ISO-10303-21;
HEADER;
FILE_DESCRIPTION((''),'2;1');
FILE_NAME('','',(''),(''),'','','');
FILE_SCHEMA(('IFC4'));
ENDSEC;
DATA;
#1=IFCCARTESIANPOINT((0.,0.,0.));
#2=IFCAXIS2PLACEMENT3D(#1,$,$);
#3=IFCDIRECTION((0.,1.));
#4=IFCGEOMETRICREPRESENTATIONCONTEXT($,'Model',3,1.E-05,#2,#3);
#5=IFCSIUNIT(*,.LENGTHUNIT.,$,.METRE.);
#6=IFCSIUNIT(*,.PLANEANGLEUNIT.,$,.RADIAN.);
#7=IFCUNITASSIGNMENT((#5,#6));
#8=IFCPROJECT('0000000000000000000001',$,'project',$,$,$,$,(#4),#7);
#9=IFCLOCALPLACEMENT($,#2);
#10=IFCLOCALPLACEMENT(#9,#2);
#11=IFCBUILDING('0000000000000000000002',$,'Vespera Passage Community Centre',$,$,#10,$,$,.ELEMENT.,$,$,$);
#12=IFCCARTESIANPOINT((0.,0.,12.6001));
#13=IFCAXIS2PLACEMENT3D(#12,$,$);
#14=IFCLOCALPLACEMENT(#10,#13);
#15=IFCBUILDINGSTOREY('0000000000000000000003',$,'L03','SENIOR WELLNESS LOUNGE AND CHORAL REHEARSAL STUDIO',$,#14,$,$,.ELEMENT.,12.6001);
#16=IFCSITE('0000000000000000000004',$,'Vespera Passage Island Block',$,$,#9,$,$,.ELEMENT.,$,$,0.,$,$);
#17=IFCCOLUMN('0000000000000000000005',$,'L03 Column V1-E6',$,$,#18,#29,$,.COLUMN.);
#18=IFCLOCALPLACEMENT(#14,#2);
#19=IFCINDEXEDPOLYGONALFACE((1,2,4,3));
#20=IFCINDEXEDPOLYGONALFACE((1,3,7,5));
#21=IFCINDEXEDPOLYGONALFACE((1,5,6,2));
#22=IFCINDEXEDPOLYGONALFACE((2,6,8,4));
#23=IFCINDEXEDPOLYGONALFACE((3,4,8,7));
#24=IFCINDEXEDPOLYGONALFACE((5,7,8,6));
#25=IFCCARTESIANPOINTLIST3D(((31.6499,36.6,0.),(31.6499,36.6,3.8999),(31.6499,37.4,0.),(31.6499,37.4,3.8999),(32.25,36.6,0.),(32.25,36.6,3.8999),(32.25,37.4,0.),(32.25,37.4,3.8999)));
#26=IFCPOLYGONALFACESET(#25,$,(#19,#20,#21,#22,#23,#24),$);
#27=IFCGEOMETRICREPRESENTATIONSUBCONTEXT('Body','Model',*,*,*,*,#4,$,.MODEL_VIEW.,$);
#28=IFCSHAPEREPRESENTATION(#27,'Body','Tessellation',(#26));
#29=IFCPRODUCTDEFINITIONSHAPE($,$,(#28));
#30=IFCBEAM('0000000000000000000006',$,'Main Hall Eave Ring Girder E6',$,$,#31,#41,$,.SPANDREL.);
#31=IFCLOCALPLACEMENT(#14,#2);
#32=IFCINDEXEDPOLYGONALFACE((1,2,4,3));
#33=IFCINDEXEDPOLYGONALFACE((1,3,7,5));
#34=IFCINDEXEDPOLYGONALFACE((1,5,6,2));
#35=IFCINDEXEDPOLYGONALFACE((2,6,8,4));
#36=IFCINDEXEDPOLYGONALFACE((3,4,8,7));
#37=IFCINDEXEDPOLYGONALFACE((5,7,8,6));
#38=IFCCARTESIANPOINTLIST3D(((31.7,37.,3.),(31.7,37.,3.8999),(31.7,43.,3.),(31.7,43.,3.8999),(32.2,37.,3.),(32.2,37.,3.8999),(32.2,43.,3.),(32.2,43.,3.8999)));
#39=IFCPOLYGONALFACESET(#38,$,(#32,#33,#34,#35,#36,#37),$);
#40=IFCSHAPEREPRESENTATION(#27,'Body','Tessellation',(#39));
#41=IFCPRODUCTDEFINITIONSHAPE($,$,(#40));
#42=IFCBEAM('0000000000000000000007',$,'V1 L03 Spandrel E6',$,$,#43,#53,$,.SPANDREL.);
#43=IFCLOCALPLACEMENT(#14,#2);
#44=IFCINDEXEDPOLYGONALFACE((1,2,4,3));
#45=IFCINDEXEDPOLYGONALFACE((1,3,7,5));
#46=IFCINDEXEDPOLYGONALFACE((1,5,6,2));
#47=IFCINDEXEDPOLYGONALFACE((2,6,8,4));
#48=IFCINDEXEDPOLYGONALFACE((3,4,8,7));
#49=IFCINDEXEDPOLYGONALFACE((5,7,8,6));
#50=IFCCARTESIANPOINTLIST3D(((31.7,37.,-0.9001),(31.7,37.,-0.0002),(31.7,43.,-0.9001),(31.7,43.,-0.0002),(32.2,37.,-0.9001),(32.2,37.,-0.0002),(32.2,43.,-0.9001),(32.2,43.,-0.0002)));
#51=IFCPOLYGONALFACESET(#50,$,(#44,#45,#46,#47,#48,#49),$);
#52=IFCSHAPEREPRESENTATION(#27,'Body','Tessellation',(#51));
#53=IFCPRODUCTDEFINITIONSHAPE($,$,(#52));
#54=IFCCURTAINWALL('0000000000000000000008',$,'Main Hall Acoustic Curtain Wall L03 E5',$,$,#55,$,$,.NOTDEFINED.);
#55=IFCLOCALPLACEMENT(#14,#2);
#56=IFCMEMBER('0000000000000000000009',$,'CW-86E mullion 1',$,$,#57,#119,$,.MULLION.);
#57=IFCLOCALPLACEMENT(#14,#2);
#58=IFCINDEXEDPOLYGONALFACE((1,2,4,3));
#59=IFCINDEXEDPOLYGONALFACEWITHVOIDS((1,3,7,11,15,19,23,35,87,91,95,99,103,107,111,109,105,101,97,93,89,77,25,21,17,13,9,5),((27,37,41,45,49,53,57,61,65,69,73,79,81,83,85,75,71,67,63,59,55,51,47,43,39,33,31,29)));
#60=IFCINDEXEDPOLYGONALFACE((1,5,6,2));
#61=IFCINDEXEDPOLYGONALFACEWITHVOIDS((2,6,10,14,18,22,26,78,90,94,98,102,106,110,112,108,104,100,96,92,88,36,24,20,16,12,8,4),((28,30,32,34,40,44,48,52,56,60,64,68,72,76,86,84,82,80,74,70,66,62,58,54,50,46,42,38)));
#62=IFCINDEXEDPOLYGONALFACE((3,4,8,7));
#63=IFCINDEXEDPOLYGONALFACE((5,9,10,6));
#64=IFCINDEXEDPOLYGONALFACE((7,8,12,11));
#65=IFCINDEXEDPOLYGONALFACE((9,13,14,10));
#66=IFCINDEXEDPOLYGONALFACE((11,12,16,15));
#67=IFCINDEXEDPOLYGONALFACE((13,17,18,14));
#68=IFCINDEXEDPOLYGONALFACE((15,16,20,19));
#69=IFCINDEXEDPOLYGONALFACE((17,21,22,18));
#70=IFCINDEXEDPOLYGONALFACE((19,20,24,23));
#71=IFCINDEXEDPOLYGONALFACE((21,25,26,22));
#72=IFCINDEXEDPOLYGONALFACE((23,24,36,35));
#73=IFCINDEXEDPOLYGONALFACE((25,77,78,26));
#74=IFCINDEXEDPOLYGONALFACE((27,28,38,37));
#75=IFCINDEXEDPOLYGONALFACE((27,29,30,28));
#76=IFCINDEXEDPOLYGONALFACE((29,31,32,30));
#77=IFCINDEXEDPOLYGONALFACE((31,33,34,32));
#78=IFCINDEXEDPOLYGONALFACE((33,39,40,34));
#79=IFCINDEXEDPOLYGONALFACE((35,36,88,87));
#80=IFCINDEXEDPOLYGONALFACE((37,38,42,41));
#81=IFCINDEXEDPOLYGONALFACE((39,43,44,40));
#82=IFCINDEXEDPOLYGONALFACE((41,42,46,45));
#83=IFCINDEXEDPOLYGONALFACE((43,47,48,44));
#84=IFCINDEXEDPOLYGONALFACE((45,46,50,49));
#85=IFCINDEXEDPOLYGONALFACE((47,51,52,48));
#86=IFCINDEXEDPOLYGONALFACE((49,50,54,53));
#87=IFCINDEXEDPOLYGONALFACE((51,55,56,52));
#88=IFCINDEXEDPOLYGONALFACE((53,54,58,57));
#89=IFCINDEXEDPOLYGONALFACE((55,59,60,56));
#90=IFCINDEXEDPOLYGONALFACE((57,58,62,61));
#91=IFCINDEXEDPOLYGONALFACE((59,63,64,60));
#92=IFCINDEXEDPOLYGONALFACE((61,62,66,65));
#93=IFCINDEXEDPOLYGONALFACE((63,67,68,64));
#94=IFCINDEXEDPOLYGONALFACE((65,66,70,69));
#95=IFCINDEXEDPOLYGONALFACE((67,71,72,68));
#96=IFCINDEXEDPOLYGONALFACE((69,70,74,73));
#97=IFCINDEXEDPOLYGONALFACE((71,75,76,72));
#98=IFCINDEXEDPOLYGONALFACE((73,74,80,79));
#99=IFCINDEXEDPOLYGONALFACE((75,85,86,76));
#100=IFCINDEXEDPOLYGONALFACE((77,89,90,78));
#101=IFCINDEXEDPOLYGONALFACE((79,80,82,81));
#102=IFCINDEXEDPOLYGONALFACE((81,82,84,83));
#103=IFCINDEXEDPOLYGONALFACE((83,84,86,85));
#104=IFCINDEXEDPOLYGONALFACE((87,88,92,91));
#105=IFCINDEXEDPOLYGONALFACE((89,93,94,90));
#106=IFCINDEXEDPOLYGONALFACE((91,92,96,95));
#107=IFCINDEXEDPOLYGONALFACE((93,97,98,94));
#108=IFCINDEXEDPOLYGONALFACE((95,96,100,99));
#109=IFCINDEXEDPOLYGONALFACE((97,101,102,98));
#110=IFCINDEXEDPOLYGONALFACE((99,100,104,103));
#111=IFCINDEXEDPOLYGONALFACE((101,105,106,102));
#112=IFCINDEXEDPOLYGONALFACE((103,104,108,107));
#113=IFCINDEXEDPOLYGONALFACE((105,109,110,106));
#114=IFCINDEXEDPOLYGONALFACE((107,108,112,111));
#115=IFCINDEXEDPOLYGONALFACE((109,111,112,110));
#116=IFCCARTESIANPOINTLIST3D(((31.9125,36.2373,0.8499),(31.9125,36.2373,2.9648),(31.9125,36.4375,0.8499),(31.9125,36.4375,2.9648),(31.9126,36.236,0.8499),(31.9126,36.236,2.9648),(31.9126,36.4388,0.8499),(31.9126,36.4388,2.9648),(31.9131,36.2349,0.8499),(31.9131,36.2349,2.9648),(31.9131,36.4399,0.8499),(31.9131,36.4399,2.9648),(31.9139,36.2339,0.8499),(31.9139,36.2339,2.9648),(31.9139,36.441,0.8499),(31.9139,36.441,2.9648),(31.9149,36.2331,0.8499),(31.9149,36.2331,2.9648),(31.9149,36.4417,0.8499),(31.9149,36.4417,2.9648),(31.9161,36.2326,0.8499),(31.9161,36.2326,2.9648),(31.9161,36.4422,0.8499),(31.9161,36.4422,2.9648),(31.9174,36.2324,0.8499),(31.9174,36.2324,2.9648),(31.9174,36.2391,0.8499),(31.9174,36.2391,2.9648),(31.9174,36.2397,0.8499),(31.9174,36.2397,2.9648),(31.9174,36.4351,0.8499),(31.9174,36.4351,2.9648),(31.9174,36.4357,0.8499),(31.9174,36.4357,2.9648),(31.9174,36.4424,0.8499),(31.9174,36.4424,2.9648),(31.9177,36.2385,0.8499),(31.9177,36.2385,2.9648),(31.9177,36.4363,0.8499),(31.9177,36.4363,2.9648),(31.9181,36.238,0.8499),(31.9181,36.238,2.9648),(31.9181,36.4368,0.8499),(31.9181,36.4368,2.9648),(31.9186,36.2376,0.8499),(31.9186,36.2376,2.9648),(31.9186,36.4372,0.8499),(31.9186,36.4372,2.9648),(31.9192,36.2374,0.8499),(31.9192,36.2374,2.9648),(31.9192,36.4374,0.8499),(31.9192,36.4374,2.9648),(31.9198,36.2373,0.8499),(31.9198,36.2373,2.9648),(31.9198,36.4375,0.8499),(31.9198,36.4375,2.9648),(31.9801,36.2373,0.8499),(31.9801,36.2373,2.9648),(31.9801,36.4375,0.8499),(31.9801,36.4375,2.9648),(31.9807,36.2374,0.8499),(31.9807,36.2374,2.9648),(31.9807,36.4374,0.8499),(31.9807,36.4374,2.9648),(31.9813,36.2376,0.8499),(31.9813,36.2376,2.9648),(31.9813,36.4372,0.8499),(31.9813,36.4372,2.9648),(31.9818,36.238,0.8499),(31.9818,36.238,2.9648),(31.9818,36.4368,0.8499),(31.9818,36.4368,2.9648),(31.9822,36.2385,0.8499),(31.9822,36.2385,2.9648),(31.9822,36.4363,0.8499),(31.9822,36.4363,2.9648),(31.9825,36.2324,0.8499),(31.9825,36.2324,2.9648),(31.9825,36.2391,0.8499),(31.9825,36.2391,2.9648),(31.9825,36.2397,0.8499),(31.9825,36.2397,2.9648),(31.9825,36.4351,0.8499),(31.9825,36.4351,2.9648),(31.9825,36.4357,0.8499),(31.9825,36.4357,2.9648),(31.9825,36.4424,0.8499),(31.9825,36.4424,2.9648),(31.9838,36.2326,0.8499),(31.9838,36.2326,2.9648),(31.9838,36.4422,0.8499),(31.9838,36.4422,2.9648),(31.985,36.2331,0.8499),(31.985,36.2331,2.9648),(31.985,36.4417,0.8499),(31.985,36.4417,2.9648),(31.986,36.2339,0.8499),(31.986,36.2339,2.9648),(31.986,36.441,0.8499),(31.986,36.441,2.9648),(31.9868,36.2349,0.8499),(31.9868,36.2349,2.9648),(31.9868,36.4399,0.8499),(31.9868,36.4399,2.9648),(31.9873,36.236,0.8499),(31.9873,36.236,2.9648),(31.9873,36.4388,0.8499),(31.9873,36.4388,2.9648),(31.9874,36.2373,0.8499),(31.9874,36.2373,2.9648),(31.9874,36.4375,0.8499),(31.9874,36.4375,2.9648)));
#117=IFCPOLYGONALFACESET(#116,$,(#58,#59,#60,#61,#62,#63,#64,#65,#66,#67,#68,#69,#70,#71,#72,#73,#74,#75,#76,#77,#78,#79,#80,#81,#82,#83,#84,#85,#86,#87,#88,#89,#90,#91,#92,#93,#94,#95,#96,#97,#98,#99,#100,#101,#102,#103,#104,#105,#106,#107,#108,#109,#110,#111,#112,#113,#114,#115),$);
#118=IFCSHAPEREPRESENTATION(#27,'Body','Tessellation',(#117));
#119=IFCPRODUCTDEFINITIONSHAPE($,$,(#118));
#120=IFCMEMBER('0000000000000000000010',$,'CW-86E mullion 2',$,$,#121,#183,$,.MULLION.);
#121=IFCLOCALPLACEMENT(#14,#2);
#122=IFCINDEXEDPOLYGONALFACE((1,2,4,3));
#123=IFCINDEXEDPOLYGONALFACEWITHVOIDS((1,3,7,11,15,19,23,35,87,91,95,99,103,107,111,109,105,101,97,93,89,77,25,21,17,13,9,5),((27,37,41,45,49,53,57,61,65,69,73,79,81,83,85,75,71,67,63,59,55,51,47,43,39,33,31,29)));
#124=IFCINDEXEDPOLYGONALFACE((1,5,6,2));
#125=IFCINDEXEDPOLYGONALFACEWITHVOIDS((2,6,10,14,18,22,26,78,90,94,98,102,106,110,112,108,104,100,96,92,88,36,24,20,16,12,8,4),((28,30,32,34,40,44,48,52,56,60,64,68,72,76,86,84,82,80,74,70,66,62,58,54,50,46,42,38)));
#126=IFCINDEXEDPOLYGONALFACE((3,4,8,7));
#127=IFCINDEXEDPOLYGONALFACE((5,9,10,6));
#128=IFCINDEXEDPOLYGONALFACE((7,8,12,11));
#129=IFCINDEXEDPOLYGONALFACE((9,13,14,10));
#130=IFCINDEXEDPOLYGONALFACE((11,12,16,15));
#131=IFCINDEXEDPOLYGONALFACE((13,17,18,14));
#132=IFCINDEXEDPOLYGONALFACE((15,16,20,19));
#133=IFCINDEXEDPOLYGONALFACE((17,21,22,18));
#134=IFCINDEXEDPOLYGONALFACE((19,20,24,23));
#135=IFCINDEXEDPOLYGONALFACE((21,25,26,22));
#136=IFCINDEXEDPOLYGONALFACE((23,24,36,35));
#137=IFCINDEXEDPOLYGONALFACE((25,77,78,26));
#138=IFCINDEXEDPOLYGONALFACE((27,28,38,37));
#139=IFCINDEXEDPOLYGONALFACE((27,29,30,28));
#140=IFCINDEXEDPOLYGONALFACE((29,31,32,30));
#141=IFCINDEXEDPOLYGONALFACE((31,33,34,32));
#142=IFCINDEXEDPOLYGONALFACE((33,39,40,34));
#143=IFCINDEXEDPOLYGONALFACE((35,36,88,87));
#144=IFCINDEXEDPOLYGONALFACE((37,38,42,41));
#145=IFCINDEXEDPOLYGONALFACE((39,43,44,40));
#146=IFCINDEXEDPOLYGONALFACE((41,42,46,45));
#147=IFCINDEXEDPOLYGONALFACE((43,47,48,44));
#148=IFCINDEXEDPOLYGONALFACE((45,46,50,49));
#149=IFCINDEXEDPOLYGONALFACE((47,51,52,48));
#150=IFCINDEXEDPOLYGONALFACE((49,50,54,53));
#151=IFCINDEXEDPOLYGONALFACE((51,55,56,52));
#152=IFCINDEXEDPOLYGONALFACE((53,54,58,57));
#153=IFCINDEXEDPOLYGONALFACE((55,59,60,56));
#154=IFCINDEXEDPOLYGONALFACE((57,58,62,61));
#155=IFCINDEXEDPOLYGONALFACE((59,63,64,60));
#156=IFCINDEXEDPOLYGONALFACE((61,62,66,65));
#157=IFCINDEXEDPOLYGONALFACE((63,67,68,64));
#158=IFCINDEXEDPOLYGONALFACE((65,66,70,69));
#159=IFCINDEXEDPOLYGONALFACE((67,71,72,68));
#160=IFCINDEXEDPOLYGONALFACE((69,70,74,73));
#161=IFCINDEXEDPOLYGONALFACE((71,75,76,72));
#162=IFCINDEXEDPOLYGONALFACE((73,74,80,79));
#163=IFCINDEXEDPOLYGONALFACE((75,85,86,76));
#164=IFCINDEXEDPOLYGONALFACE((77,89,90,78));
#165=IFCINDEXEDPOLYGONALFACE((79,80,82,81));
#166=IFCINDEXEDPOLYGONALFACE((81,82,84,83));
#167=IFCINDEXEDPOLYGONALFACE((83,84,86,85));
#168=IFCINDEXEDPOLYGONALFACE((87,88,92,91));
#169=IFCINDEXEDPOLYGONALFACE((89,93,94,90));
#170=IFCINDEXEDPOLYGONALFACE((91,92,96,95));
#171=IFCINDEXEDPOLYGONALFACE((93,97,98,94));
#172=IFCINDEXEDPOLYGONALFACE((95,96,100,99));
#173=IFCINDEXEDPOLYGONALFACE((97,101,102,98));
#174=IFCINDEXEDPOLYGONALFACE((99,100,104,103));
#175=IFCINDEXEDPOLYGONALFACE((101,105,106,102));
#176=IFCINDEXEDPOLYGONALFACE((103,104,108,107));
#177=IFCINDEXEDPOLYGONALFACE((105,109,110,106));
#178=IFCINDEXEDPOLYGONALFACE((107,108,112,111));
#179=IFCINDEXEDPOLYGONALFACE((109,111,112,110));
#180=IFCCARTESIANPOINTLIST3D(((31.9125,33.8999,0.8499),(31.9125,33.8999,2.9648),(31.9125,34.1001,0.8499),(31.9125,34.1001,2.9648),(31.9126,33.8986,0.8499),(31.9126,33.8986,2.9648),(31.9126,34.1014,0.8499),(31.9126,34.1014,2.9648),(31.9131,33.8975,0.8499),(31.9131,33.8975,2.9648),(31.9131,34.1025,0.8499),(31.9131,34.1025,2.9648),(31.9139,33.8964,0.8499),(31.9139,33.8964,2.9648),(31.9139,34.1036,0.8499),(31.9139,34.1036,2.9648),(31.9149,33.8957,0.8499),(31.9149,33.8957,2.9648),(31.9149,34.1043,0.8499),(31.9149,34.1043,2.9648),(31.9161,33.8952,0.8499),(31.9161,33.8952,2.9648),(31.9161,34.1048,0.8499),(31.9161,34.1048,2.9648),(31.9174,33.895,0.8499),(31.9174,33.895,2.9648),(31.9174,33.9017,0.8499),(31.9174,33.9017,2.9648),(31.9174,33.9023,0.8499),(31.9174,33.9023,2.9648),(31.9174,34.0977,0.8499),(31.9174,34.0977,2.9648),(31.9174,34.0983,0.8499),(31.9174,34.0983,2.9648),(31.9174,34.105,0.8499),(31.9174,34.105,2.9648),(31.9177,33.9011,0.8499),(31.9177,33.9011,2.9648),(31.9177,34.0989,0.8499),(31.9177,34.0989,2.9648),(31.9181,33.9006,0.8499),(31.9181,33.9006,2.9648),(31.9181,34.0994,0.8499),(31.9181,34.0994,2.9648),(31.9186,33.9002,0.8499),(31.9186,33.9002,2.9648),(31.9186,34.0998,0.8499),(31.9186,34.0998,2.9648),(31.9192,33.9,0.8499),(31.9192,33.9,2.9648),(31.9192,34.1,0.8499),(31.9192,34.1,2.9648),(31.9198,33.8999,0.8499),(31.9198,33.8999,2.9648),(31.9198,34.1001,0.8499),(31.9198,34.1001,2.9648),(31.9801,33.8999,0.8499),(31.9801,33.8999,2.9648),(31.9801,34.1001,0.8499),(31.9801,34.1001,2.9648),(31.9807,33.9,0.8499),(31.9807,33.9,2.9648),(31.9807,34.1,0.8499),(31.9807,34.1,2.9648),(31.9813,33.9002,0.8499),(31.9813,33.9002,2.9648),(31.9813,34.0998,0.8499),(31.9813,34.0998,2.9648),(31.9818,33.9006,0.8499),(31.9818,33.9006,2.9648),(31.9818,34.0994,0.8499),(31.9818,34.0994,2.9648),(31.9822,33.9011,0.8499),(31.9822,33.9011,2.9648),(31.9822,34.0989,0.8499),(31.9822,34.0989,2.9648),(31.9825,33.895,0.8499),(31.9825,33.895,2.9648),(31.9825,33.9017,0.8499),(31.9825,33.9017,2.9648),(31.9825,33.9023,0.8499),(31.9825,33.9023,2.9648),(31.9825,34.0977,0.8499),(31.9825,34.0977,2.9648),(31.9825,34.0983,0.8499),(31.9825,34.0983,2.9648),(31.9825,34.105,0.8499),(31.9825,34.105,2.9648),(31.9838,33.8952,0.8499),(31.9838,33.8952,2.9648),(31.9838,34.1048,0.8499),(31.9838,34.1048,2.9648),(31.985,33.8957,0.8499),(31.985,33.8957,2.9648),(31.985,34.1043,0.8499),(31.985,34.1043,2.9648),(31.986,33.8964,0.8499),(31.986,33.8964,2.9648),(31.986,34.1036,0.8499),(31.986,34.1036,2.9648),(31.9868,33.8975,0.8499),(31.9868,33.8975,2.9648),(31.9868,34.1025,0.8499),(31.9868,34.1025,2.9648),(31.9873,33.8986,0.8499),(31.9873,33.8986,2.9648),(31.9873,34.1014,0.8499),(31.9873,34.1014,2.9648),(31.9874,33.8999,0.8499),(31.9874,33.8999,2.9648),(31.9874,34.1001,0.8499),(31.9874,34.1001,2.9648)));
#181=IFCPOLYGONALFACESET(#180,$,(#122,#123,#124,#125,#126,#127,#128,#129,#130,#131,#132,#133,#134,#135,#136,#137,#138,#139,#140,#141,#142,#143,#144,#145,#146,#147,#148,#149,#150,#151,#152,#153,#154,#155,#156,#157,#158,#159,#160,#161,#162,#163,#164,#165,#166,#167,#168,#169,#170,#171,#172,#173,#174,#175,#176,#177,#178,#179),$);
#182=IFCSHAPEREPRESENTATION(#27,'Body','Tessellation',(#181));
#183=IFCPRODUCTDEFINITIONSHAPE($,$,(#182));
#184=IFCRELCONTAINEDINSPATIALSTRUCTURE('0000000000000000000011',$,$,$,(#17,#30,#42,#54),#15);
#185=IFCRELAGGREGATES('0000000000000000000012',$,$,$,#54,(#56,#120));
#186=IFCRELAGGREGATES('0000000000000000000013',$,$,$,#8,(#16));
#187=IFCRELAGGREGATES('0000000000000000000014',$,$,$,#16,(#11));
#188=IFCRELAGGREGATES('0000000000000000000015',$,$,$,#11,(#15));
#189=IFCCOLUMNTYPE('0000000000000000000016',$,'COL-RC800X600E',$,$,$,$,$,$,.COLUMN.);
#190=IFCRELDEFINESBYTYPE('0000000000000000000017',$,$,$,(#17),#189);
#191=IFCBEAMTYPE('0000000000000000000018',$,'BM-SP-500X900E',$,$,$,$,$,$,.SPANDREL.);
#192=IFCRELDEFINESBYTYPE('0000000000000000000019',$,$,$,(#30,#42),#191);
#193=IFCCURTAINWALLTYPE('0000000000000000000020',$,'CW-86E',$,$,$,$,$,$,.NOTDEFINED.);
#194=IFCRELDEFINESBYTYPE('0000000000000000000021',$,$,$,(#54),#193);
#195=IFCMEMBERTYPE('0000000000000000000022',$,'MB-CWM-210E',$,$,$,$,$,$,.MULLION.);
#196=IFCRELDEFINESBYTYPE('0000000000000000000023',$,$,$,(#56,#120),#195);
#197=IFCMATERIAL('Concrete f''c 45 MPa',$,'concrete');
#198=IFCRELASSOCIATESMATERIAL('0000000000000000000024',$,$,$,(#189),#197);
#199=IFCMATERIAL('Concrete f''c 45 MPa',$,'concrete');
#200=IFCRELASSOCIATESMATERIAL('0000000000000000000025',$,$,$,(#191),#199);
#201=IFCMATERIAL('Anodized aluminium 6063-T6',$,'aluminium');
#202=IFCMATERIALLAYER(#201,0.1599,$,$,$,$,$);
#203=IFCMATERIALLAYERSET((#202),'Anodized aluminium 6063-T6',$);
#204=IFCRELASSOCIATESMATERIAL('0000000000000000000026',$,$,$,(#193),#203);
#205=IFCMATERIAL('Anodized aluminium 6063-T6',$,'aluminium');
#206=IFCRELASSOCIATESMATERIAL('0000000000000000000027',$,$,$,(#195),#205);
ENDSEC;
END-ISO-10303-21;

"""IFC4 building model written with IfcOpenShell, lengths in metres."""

from ifc_helpers import new_model, si_unit, direction, frame, origin, origin_2d, place, context, subcontext, project, spatial, rectangle, hollow_rectangle, extrude, material, layer, layer_set, material_profile, profile_set, type_object, element, aggregate, save


model = new_model("IFC4")

# Units and contexts
model_context = context("Model", 3, precision=1e-05, world=origin(), true_north=direction((0.0, 1.0)))
body_context = subcontext(model_context, "Body", "Model", "MODEL_VIEW")
ifc_project = project(units=[si_unit("LENGTHUNIT", "METRE"), si_unit("PLANEANGLEUNIT", "RADIAN")], contexts=[model_context])

# Site, building, storey
site_placement = place(None, origin())
site = spatial("IfcSite", under=ifc_project, at=site_placement, Name="Vespera Passage Island Block", CompositionType="ELEMENT", RefElevation=0.0)
building_placement = place(site_placement, origin())
building = spatial("IfcBuilding", under=site, at=building_placement, Name="Vespera Passage Community Centre", CompositionType="ELEMENT")
storey_placement = place(building_placement, frame((0.0, 0.0, 12.6001)))
storey = spatial("IfcBuildingStorey", under=building, at=storey_placement, Name="L03", Description="SENIOR WELLNESS LOUNGE AND CHORAL REHEARSAL STUDIO", CompositionType="ELEMENT", Elevation=12.6001)

# Column
ifc_material_1 = material(Name="Concrete f'c 45 MPa", Category="concrete")
ifc_material_profile_1 = material_profile(ifc_material_1, rectangle(XDim=0.6001, YDim=0.8, at=origin_2d()), Name="RC800X600")
ifc_profile_set_1 = profile_set([ifc_material_profile_1], Name="Concrete f'c 45 MPa")
column_type = type_object("IfcColumnType", Name="COL-RC800X600E", PredefinedType="COLUMN", material=ifc_profile_set_1)
column_placement = place(storey_placement, frame((31.95, 37.0, 0.0), z_axis=(0.0, 0.0, 1.0), x_axis=(1.0, 0.0, 0.0)))
element("IfcColumn", 1, at=column_placement, inside=storey, type_object=column_type, Name="L03 Column V1-E6", PredefinedType="COLUMN", context=body_context, shape_type="SweptSolid", body=[
    extrude(rectangle(XDim=0.6001, YDim=0.8, at=origin_2d()), origin(), (0.0, 0.0, 1.0), 3.8999),
])

# Beams
ifc_material_2 = material(Name="Concrete f'c 45 MPa", Category="concrete")
ifc_material_profile_2 = material_profile(ifc_material_2, rectangle(XDim=0.5, YDim=0.8999, at=origin_2d()), Name="RC500X900")
ifc_profile_set_2 = profile_set([ifc_material_profile_2], Name="Concrete f'c 45 MPa")
beam_type = type_object("IfcBeamType", Name="BM-SP-500X900E", PredefinedType="SPANDREL", material=ifc_profile_set_2)
for number, where, z_axis, x_axis, name in (
    (2, (31.95, 37.0, 3.45), (0.0, 1.0, 0.0), (-1.0, 0.0, 0.0), "Main Hall Eave Ring Girder E6"),
    (3, (31.95, 37.0, -0.4502), (0.0, 1.0, 0.0), (-1.0, 0.0, 0.0), "V1 L03 Spandrel E6"),
):
    element("IfcBeam", number, at=place(storey_placement, frame(where, z_axis=z_axis, x_axis=x_axis)), inside=storey, type_object=beam_type, Name=name, PredefinedType="SPANDREL", context=body_context, shape_type="SweptSolid", body=[
        extrude(rectangle(XDim=0.5, YDim=0.8999, at=origin_2d()), origin(), (0.0, 0.0, 1.0), 6.0),
    ])

# Curtain wall, members
ifc_material_3 = material(Name="Anodized aluminium 6063-T6", Category="aluminium")
ifc_layer_1 = layer(ifc_material_3, 0.1599)
ifc_layer_set_1 = layer_set([ifc_layer_1], Name="Anodized aluminium 6063-T6")
curtain_wall_type = type_object("IfcCurtainWallType", Name="CW-86E", PredefinedType="NOTDEFINED", material=ifc_layer_set_1)
curtain_wall_1_placement = place(storey_placement, origin())
curtain_wall_1 = element("IfcCurtainWall", 4, at=curtain_wall_1_placement, inside=storey, type_object=curtain_wall_type, Name="Main Hall Acoustic Curtain Wall L03 E5", PredefinedType="NOTDEFINED")
ifc_material_4 = material(Name="Anodized aluminium 6063-T6", Category="aluminium")
ifc_material_profile_3 = material_profile(ifc_material_4, hollow_rectangle(XDim=0.075, YDim=0.21, WallThickness=0.0049, InnerFilletRadius=0.0024, OuterFilletRadius=0.0049, at=origin_2d()), Name="ALU210X75X5")
ifc_profile_set_3 = profile_set([ifc_material_profile_3], Name="Anodized aluminium 6063-T6")
member_type_1 = type_object("IfcMemberType", Name="MB-CWM-210E", PredefinedType="MULLION", material=ifc_profile_set_3)
member_1_placement = place(storey_placement, frame((31.95, 36.3374, 0.8499), z_axis=(0.0, 0.0, 1.0), x_axis=(1.0, 0.0, 0.0)))
member_1 = element("IfcMember", 5, at=member_1_placement, type_object=member_type_1, Name="CW-86E mullion 1", PredefinedType="MULLION", context=body_context, shape_type="SweptSolid", body=[
    extrude(hollow_rectangle(XDim=0.075, YDim=0.21, WallThickness=0.0049, InnerFilletRadius=0.0024, OuterFilletRadius=0.0049, at=origin_2d()), origin(), (0.0, 0.0, 1.0), 2.115),
])
member_2_placement = place(storey_placement, frame((31.95, 34.0, 0.8499), z_axis=(0.0, 0.0, 1.0), x_axis=(1.0, 0.0, 0.0)))
member_2 = element("IfcMember", 6, at=member_2_placement, type_object=member_type_1, Name="CW-86E mullion 2", PredefinedType="MULLION", context=body_context, shape_type="SweptSolid", body=[
    extrude(hollow_rectangle(XDim=0.075, YDim=0.21, WallThickness=0.0049, InnerFilletRadius=0.0024, OuterFilletRadius=0.0049, at=origin_2d()), origin(), (0.0, 0.0, 1.0), 2.115),
])

aggregate(curtain_wall_1, [member_1, member_2])

save(model, "model.ifc")
